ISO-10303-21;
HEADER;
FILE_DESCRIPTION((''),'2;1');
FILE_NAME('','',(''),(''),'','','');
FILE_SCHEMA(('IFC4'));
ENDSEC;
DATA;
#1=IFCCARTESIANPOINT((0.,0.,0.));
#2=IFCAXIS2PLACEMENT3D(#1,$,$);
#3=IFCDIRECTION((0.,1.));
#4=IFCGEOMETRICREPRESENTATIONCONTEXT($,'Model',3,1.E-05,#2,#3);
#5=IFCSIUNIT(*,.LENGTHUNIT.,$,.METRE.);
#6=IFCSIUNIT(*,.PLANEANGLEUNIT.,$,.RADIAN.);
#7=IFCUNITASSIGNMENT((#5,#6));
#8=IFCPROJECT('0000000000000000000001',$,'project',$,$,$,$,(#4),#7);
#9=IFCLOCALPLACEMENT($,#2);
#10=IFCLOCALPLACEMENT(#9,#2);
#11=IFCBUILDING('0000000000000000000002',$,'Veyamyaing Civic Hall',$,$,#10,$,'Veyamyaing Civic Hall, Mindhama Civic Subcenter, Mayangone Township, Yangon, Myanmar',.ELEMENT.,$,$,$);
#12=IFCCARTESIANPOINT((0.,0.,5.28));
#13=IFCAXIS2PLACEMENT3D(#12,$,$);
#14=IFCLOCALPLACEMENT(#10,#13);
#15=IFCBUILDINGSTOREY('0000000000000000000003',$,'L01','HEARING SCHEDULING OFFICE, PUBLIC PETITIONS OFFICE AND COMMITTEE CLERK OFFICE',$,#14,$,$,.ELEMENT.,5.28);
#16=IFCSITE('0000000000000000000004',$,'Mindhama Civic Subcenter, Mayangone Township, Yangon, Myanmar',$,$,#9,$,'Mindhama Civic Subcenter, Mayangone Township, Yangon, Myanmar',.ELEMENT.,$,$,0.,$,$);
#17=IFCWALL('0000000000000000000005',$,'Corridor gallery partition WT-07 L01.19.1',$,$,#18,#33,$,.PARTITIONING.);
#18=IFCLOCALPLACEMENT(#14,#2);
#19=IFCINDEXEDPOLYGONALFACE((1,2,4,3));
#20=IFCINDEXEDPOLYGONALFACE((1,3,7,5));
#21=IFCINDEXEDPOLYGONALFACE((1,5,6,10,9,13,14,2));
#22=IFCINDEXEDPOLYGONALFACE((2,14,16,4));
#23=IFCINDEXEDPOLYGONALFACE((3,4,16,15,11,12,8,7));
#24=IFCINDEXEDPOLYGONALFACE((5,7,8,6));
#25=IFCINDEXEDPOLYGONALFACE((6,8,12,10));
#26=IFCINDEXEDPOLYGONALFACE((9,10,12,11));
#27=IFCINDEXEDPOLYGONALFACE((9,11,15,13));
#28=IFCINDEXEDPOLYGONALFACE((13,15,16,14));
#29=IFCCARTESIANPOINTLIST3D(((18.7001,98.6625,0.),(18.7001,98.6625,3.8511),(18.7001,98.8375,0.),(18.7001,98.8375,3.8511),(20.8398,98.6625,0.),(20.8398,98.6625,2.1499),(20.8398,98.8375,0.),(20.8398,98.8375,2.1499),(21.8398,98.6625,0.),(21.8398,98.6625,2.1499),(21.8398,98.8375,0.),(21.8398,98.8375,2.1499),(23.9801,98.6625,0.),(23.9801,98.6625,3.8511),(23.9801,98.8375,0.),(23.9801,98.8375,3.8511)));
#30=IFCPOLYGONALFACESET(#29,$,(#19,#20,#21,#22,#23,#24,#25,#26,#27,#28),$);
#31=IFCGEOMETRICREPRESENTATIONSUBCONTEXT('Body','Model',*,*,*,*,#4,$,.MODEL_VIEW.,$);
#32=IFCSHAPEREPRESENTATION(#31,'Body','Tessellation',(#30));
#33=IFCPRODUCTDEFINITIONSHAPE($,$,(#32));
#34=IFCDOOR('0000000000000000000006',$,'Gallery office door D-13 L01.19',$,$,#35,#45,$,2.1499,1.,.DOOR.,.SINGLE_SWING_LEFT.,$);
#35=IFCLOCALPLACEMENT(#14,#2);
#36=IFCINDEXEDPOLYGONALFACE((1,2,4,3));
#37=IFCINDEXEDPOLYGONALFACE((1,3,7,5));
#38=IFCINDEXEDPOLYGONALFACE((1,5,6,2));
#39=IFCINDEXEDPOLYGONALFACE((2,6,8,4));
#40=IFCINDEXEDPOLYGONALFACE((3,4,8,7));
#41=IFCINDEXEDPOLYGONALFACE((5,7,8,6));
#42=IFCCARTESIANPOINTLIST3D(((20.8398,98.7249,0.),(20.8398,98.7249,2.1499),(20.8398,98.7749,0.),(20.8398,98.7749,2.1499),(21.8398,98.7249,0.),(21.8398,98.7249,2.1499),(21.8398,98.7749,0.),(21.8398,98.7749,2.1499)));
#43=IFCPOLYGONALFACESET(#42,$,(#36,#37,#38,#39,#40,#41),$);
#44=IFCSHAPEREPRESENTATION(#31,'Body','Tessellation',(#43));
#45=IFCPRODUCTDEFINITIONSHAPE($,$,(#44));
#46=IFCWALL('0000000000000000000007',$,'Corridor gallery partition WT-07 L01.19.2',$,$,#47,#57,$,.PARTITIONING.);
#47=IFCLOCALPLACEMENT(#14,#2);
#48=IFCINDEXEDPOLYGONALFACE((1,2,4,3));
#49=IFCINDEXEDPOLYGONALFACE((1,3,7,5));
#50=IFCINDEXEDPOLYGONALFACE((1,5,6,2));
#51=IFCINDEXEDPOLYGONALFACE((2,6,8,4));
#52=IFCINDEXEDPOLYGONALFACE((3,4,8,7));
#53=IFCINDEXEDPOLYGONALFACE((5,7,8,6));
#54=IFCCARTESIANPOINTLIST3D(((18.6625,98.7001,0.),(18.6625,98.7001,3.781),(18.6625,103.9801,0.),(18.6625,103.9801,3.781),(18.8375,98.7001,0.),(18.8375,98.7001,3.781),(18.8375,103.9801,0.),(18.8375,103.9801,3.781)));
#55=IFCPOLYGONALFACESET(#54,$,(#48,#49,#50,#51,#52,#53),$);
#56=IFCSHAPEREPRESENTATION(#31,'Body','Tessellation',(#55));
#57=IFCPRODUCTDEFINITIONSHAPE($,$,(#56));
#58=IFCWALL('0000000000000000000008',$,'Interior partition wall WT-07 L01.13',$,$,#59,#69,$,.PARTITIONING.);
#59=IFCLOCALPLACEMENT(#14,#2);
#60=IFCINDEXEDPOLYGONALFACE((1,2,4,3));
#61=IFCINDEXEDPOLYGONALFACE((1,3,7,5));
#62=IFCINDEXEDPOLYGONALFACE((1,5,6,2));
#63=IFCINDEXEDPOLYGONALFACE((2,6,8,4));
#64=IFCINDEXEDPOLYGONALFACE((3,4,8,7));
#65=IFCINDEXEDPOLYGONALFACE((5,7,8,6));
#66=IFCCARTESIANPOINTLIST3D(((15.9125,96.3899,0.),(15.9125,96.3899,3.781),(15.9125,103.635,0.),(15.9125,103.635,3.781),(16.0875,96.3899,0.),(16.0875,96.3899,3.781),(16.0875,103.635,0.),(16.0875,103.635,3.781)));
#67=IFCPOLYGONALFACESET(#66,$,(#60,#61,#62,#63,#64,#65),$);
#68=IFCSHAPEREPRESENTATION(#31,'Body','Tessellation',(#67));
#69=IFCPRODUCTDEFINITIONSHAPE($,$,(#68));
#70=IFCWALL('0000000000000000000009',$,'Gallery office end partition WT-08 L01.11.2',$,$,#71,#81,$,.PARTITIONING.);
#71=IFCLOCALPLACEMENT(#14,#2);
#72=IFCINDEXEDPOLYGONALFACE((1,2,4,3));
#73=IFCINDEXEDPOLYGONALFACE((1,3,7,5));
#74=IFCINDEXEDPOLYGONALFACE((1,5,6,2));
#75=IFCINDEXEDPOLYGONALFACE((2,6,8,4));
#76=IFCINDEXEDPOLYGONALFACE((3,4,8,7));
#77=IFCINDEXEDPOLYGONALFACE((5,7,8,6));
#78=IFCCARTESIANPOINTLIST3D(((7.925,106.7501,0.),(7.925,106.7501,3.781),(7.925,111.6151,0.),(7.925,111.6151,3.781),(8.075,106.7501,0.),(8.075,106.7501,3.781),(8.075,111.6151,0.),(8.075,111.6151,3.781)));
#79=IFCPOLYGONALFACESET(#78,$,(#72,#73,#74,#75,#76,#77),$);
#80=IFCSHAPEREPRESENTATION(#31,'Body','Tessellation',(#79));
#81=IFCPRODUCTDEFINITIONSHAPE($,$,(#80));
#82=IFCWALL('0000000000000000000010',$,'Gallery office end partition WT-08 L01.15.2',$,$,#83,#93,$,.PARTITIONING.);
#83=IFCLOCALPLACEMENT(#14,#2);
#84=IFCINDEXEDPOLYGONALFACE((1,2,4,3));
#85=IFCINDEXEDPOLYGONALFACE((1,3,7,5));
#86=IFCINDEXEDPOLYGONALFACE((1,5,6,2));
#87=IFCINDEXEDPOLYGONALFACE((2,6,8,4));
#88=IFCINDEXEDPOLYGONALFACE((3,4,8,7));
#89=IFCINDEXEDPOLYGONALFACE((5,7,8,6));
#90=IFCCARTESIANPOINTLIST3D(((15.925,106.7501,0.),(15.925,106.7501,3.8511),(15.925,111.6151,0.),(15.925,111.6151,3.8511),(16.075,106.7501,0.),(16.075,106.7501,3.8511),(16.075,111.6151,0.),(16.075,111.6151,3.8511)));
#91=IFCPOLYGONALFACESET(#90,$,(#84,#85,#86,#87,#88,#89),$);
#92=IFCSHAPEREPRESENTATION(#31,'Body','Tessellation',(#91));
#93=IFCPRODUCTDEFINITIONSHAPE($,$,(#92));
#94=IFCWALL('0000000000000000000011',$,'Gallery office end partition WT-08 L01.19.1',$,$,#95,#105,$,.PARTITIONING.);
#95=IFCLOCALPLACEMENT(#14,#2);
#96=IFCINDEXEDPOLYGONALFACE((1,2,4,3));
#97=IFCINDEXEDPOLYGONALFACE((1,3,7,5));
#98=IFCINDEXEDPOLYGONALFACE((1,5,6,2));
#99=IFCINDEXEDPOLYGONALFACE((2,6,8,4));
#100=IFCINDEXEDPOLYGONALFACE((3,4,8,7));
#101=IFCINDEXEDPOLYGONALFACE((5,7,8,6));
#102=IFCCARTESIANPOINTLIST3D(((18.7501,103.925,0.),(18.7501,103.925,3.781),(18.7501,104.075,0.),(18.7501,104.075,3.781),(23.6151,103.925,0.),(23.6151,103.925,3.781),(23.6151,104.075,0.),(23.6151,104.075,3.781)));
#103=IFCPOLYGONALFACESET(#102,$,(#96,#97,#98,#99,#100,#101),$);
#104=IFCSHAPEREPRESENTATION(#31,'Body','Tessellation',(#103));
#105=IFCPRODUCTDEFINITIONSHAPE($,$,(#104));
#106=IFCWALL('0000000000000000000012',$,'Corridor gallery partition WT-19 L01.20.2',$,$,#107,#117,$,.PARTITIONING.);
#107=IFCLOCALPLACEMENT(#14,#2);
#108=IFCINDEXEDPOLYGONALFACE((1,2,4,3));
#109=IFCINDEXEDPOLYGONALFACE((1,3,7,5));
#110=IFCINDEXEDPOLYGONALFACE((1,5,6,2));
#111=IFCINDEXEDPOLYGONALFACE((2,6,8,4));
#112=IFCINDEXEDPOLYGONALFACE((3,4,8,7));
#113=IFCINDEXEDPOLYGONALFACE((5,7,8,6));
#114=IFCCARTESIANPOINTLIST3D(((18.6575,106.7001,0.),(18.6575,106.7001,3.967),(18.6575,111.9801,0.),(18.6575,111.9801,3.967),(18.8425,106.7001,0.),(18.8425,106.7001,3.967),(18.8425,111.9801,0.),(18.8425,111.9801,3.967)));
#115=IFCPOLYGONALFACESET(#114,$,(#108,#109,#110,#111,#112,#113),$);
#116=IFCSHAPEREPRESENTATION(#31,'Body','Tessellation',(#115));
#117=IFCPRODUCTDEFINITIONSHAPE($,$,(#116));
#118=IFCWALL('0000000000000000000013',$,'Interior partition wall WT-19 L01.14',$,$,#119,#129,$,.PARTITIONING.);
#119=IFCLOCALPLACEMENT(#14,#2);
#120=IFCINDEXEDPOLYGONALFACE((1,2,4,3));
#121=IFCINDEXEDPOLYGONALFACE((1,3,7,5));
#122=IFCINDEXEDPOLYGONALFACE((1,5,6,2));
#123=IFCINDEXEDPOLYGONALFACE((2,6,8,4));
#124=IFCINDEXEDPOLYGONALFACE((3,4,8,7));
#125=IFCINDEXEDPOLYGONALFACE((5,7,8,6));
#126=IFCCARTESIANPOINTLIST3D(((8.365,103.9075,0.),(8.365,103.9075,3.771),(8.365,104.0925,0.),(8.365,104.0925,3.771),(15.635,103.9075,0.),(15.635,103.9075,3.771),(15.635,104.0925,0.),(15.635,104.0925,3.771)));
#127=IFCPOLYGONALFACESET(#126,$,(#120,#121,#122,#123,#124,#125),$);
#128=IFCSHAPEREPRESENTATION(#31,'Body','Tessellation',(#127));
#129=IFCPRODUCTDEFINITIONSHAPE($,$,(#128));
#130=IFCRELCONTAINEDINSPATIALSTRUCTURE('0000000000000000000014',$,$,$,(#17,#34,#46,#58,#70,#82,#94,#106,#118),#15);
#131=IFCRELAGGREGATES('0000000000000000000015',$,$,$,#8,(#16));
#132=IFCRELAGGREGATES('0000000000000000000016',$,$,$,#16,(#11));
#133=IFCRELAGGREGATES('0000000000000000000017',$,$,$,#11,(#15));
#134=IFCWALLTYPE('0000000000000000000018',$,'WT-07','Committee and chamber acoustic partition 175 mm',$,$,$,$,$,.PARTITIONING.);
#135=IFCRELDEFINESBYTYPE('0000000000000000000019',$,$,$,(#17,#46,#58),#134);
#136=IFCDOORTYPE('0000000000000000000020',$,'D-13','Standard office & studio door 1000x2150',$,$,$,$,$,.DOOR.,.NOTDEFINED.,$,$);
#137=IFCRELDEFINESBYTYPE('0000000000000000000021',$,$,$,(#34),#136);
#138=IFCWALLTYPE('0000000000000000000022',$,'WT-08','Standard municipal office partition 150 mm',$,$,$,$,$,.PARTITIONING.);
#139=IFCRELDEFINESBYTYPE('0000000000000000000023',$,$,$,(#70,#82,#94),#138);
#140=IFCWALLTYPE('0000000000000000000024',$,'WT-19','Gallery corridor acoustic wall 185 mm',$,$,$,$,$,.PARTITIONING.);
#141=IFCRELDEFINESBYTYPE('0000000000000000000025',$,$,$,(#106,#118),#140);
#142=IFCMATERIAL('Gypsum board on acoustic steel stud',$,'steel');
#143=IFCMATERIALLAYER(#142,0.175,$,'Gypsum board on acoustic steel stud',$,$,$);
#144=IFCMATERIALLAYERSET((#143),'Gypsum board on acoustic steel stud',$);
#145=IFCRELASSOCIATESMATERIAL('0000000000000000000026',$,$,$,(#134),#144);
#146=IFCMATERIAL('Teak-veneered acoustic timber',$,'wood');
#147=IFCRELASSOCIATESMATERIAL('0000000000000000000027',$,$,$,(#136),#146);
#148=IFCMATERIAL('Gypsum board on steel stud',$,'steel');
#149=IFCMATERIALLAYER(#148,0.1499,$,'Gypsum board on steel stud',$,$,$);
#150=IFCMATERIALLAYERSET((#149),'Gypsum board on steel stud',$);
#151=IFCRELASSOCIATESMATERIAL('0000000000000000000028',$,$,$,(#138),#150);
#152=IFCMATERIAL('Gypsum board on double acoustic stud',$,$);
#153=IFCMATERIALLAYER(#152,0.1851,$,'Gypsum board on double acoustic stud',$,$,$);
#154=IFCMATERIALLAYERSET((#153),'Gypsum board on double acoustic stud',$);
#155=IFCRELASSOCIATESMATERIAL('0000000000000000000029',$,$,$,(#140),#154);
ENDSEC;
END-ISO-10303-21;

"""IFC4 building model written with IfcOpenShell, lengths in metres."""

from ifc_helpers import new_model, si_unit, direction, frame, frame_2d, origin, place, context, subcontext, project, spatial, rectangle, extrude, material, layer, layer_set, type_object, element, fill, save


model = new_model("IFC4")

# Units and contexts
model_context = context("Model", 3, precision=1e-05, world=origin(), true_north=direction((0.0, 1.0)))
body_context = subcontext(model_context, "Body", "Model", "MODEL_VIEW")
ifc_project = project(units=[si_unit("LENGTHUNIT", "METRE"), si_unit("PLANEANGLEUNIT", "RADIAN")], contexts=[model_context])

# Site, building, storey
site_placement = place(None, origin())
site = spatial("IfcSite", under=ifc_project, at=site_placement, Name="Mindhama Civic Subcenter, Mayangone Township, Yangon, Myanmar", LongName="Mindhama Civic Subcenter, Mayangone Township, Yangon, Myanmar", CompositionType="ELEMENT", RefElevation=0.0)
building_placement = place(site_placement, origin())
building = spatial("IfcBuilding", under=site, at=building_placement, Name="Veyamyaing Civic Hall", LongName="Veyamyaing Civic Hall, Mindhama Civic Subcenter, Mayangone Township, Yangon, Myanmar", CompositionType="ELEMENT")
storey_placement = place(building_placement, frame((0.0, 0.0, 5.28)))
storey = spatial("IfcBuildingStorey", under=building, at=storey_placement, Name="L01", Description="HEARING SCHEDULING OFFICE, PUBLIC PETITIONS OFFICE AND COMMITTEE CLERK OFFICE", CompositionType="ELEMENT", Elevation=5.28)

# Wall, opening, door
ifc_material_1 = material(Name="Gypsum board on acoustic steel stud", Category="steel")
ifc_layer_1 = layer(ifc_material_1, 0.175, Name="Gypsum board on acoustic steel stud")
ifc_layer_set_1 = layer_set([ifc_layer_1], Name="Gypsum board on acoustic steel stud")
wall_type_1 = type_object("IfcWallType", Name="WT-07", Description="Committee and chamber acoustic partition 175 mm", PredefinedType="PARTITIONING", material=ifc_layer_set_1)
ifc_material_2 = material(Name="Teak-veneered acoustic timber", Category="wood")
wall_1_placement = place(storey_placement, frame((18.7, 98.75, 0.0), z_axis=(0.0, 0.0, 1.0), x_axis=(1.0, 0.0, 0.0)))
wall_1 = element("IfcWall", 1, at=wall_1_placement, inside=storey, type_object=wall_type_1, Name="Corridor gallery partition WT-07 L01.19.1", PredefinedType="PARTITIONING", context=body_context, shape_type="SweptSolid", body=[
    extrude(rectangle(XDim=5.28, YDim=0.175, at=frame_2d((2.6401, 0.0))), origin(), (0.0, 0.0, 1.0), 3.8511),
])
opening_1_placement = place(wall_1_placement, frame((2.1399, 0.0, 0.0)))
opening_1 = element("IfcOpeningElement", 2, at=opening_1_placement, cuts=wall_1, PredefinedType="OPENING", context=body_context, shape_type="SweptSolid", body=[
    extrude(rectangle(XDim=1.0, YDim=2.1499, at=frame_2d((0.5, 1.075))), frame((0.0, 0.0974, 0.0), z_axis=(0.0, -1.0, 0.0), x_axis=(1.0, 0.0, 0.0)), (0.0, 0.0, 1.0), 0.1951),
])
door_type_1 = type_object("IfcDoorType", Name="D-13", Description="Standard office & studio door 1000x2150", OperationType="NOTDEFINED", PredefinedType="DOOR", material=ifc_material_2)
door_1_placement = place(opening_1_placement, origin())
door_1 = element("IfcDoor", 3, at=door_1_placement, inside=storey, type_object=door_type_1, Name="Gallery office door D-13 L01.19", OperationType="SINGLE_SWING_LEFT", OverallHeight=2.1499, OverallWidth=1.0, PredefinedType="DOOR", context=body_context, shape_type="SweptSolid", body=[
    extrude(rectangle(XDim=1.0, YDim=2.1499, at=frame_2d((0.5, 1.075))), frame((0.0, 0.0249, 0.0), z_axis=(0.0, -1.0, 0.0), x_axis=(1.0, 0.0, 0.0)), (0.0, 0.0, 1.0), 0.05),
])
fill(opening_1, door_1)

# Walls
wall_2_placement = place(storey_placement, frame((18.75, 98.7, 0.0), z_axis=(0.0, 0.0, 1.0), x_axis=(0.0, 1.0, 0.0)))
element("IfcWall", 4, at=wall_2_placement, inside=storey, type_object=wall_type_1, Name="Corridor gallery partition WT-07 L01.19.2", PredefinedType="PARTITIONING", context=body_context, shape_type="SweptSolid", body=[
    extrude(rectangle(XDim=5.28, YDim=0.175, at=frame_2d((2.6401, 0.0))), origin(), (0.0, 0.0, 1.0), 3.781),
])
wall_3_placement = place(storey_placement, frame((16.0, 96.3899, 0.0), z_axis=(0.0, 0.0, 1.0), x_axis=(0.0, 1.0, 0.0)))
element("IfcWall", 5, at=wall_3_placement, inside=storey, type_object=wall_type_1, Name="Interior partition wall WT-07 L01.13", PredefinedType="PARTITIONING", context=body_context, shape_type="SweptSolid", body=[
    extrude(rectangle(XDim=7.2451, YDim=0.175, at=frame_2d((3.6226, 0.0))), origin(), (0.0, 0.0, 1.0), 3.781),
])
ifc_material_3 = material(Name="Gypsum board on steel stud", Category="steel")
ifc_layer_2 = layer(ifc_material_3, 0.1499, Name="Gypsum board on steel stud")
ifc_layer_set_2 = layer_set([ifc_layer_2], Name="Gypsum board on steel stud")
wall_type_2 = type_object("IfcWallType", Name="WT-08", Description="Standard municipal office partition 150 mm", PredefinedType="PARTITIONING", material=ifc_layer_set_2)
wall_4_placement = place(storey_placement, frame((8.0, 106.75, 0.0), z_axis=(0.0, 0.0, 1.0), x_axis=(0.0, 1.0, 0.0)))
element("IfcWall", 6, at=wall_4_placement, inside=storey, type_object=wall_type_2, Name="Gallery office end partition WT-08 L01.11.2", PredefinedType="PARTITIONING", context=body_context, shape_type="SweptSolid", body=[
    extrude(rectangle(XDim=4.865, YDim=0.1499, at=frame_2d((2.4326, 0.0))), origin(), (0.0, 0.0, 1.0), 3.781),
])
wall_5_placement = place(storey_placement, frame((16.0, 106.75, 0.0), z_axis=(0.0, 0.0, 1.0), x_axis=(0.0, 1.0, 0.0)))
element("IfcWall", 7, at=wall_5_placement, inside=storey, type_object=wall_type_2, Name="Gallery office end partition WT-08 L01.15.2", PredefinedType="PARTITIONING", context=body_context, shape_type="SweptSolid", body=[
    extrude(rectangle(XDim=4.865, YDim=0.1499, at=frame_2d((2.4326, 0.0))), origin(), (0.0, 0.0, 1.0), 3.8511),
])
wall_6_placement = place(storey_placement, frame((18.75, 104.0, 0.0), z_axis=(0.0, 0.0, 1.0), x_axis=(1.0, 0.0, 0.0)))
element("IfcWall", 8, at=wall_6_placement, inside=storey, type_object=wall_type_2, Name="Gallery office end partition WT-08 L01.19.1", PredefinedType="PARTITIONING", context=body_context, shape_type="SweptSolid", body=[
    extrude(rectangle(XDim=4.865, YDim=0.1499, at=frame_2d((2.4326, 0.0))), origin(), (0.0, 0.0, 1.0), 3.781),
])
ifc_material_4 = material(Name="Gypsum board on double acoustic stud")
ifc_layer_3 = layer(ifc_material_4, 0.1851, Name="Gypsum board on double acoustic stud")
ifc_layer_set_3 = layer_set([ifc_layer_3], Name="Gypsum board on double acoustic stud")
wall_type_3 = type_object("IfcWallType", Name="WT-19", Description="Gallery corridor acoustic wall 185 mm", PredefinedType="PARTITIONING", material=ifc_layer_set_3)
wall_7_placement = place(storey_placement, frame((18.75, 106.7, 0.0), z_axis=(0.0, 0.0, 1.0), x_axis=(0.0, 1.0, 0.0)))
element("IfcWall", 9, at=wall_7_placement, inside=storey, type_object=wall_type_3, Name="Corridor gallery partition WT-19 L01.20.2", PredefinedType="PARTITIONING", context=body_context, shape_type="SweptSolid", body=[
    extrude(rectangle(XDim=5.28, YDim=0.1851, at=frame_2d((2.6401, 0.0))), origin(), (0.0, 0.0, 1.0), 3.967),
])
wall_8_placement = place(storey_placement, frame((8.365, 104.0, 0.0), z_axis=(0.0, 0.0, 1.0), x_axis=(1.0, 0.0, 0.0)))
element("IfcWall", 10, at=wall_8_placement, inside=storey, type_object=wall_type_3, Name="Interior partition wall WT-19 L01.14", PredefinedType="PARTITIONING", context=body_context, shape_type="SweptSolid", body=[
    extrude(rectangle(XDim=7.27, YDim=0.1851, at=frame_2d((3.635, 0.0))), origin(), (0.0, 0.0, 1.0), 3.771),
])

save(model, "model.ifc")
